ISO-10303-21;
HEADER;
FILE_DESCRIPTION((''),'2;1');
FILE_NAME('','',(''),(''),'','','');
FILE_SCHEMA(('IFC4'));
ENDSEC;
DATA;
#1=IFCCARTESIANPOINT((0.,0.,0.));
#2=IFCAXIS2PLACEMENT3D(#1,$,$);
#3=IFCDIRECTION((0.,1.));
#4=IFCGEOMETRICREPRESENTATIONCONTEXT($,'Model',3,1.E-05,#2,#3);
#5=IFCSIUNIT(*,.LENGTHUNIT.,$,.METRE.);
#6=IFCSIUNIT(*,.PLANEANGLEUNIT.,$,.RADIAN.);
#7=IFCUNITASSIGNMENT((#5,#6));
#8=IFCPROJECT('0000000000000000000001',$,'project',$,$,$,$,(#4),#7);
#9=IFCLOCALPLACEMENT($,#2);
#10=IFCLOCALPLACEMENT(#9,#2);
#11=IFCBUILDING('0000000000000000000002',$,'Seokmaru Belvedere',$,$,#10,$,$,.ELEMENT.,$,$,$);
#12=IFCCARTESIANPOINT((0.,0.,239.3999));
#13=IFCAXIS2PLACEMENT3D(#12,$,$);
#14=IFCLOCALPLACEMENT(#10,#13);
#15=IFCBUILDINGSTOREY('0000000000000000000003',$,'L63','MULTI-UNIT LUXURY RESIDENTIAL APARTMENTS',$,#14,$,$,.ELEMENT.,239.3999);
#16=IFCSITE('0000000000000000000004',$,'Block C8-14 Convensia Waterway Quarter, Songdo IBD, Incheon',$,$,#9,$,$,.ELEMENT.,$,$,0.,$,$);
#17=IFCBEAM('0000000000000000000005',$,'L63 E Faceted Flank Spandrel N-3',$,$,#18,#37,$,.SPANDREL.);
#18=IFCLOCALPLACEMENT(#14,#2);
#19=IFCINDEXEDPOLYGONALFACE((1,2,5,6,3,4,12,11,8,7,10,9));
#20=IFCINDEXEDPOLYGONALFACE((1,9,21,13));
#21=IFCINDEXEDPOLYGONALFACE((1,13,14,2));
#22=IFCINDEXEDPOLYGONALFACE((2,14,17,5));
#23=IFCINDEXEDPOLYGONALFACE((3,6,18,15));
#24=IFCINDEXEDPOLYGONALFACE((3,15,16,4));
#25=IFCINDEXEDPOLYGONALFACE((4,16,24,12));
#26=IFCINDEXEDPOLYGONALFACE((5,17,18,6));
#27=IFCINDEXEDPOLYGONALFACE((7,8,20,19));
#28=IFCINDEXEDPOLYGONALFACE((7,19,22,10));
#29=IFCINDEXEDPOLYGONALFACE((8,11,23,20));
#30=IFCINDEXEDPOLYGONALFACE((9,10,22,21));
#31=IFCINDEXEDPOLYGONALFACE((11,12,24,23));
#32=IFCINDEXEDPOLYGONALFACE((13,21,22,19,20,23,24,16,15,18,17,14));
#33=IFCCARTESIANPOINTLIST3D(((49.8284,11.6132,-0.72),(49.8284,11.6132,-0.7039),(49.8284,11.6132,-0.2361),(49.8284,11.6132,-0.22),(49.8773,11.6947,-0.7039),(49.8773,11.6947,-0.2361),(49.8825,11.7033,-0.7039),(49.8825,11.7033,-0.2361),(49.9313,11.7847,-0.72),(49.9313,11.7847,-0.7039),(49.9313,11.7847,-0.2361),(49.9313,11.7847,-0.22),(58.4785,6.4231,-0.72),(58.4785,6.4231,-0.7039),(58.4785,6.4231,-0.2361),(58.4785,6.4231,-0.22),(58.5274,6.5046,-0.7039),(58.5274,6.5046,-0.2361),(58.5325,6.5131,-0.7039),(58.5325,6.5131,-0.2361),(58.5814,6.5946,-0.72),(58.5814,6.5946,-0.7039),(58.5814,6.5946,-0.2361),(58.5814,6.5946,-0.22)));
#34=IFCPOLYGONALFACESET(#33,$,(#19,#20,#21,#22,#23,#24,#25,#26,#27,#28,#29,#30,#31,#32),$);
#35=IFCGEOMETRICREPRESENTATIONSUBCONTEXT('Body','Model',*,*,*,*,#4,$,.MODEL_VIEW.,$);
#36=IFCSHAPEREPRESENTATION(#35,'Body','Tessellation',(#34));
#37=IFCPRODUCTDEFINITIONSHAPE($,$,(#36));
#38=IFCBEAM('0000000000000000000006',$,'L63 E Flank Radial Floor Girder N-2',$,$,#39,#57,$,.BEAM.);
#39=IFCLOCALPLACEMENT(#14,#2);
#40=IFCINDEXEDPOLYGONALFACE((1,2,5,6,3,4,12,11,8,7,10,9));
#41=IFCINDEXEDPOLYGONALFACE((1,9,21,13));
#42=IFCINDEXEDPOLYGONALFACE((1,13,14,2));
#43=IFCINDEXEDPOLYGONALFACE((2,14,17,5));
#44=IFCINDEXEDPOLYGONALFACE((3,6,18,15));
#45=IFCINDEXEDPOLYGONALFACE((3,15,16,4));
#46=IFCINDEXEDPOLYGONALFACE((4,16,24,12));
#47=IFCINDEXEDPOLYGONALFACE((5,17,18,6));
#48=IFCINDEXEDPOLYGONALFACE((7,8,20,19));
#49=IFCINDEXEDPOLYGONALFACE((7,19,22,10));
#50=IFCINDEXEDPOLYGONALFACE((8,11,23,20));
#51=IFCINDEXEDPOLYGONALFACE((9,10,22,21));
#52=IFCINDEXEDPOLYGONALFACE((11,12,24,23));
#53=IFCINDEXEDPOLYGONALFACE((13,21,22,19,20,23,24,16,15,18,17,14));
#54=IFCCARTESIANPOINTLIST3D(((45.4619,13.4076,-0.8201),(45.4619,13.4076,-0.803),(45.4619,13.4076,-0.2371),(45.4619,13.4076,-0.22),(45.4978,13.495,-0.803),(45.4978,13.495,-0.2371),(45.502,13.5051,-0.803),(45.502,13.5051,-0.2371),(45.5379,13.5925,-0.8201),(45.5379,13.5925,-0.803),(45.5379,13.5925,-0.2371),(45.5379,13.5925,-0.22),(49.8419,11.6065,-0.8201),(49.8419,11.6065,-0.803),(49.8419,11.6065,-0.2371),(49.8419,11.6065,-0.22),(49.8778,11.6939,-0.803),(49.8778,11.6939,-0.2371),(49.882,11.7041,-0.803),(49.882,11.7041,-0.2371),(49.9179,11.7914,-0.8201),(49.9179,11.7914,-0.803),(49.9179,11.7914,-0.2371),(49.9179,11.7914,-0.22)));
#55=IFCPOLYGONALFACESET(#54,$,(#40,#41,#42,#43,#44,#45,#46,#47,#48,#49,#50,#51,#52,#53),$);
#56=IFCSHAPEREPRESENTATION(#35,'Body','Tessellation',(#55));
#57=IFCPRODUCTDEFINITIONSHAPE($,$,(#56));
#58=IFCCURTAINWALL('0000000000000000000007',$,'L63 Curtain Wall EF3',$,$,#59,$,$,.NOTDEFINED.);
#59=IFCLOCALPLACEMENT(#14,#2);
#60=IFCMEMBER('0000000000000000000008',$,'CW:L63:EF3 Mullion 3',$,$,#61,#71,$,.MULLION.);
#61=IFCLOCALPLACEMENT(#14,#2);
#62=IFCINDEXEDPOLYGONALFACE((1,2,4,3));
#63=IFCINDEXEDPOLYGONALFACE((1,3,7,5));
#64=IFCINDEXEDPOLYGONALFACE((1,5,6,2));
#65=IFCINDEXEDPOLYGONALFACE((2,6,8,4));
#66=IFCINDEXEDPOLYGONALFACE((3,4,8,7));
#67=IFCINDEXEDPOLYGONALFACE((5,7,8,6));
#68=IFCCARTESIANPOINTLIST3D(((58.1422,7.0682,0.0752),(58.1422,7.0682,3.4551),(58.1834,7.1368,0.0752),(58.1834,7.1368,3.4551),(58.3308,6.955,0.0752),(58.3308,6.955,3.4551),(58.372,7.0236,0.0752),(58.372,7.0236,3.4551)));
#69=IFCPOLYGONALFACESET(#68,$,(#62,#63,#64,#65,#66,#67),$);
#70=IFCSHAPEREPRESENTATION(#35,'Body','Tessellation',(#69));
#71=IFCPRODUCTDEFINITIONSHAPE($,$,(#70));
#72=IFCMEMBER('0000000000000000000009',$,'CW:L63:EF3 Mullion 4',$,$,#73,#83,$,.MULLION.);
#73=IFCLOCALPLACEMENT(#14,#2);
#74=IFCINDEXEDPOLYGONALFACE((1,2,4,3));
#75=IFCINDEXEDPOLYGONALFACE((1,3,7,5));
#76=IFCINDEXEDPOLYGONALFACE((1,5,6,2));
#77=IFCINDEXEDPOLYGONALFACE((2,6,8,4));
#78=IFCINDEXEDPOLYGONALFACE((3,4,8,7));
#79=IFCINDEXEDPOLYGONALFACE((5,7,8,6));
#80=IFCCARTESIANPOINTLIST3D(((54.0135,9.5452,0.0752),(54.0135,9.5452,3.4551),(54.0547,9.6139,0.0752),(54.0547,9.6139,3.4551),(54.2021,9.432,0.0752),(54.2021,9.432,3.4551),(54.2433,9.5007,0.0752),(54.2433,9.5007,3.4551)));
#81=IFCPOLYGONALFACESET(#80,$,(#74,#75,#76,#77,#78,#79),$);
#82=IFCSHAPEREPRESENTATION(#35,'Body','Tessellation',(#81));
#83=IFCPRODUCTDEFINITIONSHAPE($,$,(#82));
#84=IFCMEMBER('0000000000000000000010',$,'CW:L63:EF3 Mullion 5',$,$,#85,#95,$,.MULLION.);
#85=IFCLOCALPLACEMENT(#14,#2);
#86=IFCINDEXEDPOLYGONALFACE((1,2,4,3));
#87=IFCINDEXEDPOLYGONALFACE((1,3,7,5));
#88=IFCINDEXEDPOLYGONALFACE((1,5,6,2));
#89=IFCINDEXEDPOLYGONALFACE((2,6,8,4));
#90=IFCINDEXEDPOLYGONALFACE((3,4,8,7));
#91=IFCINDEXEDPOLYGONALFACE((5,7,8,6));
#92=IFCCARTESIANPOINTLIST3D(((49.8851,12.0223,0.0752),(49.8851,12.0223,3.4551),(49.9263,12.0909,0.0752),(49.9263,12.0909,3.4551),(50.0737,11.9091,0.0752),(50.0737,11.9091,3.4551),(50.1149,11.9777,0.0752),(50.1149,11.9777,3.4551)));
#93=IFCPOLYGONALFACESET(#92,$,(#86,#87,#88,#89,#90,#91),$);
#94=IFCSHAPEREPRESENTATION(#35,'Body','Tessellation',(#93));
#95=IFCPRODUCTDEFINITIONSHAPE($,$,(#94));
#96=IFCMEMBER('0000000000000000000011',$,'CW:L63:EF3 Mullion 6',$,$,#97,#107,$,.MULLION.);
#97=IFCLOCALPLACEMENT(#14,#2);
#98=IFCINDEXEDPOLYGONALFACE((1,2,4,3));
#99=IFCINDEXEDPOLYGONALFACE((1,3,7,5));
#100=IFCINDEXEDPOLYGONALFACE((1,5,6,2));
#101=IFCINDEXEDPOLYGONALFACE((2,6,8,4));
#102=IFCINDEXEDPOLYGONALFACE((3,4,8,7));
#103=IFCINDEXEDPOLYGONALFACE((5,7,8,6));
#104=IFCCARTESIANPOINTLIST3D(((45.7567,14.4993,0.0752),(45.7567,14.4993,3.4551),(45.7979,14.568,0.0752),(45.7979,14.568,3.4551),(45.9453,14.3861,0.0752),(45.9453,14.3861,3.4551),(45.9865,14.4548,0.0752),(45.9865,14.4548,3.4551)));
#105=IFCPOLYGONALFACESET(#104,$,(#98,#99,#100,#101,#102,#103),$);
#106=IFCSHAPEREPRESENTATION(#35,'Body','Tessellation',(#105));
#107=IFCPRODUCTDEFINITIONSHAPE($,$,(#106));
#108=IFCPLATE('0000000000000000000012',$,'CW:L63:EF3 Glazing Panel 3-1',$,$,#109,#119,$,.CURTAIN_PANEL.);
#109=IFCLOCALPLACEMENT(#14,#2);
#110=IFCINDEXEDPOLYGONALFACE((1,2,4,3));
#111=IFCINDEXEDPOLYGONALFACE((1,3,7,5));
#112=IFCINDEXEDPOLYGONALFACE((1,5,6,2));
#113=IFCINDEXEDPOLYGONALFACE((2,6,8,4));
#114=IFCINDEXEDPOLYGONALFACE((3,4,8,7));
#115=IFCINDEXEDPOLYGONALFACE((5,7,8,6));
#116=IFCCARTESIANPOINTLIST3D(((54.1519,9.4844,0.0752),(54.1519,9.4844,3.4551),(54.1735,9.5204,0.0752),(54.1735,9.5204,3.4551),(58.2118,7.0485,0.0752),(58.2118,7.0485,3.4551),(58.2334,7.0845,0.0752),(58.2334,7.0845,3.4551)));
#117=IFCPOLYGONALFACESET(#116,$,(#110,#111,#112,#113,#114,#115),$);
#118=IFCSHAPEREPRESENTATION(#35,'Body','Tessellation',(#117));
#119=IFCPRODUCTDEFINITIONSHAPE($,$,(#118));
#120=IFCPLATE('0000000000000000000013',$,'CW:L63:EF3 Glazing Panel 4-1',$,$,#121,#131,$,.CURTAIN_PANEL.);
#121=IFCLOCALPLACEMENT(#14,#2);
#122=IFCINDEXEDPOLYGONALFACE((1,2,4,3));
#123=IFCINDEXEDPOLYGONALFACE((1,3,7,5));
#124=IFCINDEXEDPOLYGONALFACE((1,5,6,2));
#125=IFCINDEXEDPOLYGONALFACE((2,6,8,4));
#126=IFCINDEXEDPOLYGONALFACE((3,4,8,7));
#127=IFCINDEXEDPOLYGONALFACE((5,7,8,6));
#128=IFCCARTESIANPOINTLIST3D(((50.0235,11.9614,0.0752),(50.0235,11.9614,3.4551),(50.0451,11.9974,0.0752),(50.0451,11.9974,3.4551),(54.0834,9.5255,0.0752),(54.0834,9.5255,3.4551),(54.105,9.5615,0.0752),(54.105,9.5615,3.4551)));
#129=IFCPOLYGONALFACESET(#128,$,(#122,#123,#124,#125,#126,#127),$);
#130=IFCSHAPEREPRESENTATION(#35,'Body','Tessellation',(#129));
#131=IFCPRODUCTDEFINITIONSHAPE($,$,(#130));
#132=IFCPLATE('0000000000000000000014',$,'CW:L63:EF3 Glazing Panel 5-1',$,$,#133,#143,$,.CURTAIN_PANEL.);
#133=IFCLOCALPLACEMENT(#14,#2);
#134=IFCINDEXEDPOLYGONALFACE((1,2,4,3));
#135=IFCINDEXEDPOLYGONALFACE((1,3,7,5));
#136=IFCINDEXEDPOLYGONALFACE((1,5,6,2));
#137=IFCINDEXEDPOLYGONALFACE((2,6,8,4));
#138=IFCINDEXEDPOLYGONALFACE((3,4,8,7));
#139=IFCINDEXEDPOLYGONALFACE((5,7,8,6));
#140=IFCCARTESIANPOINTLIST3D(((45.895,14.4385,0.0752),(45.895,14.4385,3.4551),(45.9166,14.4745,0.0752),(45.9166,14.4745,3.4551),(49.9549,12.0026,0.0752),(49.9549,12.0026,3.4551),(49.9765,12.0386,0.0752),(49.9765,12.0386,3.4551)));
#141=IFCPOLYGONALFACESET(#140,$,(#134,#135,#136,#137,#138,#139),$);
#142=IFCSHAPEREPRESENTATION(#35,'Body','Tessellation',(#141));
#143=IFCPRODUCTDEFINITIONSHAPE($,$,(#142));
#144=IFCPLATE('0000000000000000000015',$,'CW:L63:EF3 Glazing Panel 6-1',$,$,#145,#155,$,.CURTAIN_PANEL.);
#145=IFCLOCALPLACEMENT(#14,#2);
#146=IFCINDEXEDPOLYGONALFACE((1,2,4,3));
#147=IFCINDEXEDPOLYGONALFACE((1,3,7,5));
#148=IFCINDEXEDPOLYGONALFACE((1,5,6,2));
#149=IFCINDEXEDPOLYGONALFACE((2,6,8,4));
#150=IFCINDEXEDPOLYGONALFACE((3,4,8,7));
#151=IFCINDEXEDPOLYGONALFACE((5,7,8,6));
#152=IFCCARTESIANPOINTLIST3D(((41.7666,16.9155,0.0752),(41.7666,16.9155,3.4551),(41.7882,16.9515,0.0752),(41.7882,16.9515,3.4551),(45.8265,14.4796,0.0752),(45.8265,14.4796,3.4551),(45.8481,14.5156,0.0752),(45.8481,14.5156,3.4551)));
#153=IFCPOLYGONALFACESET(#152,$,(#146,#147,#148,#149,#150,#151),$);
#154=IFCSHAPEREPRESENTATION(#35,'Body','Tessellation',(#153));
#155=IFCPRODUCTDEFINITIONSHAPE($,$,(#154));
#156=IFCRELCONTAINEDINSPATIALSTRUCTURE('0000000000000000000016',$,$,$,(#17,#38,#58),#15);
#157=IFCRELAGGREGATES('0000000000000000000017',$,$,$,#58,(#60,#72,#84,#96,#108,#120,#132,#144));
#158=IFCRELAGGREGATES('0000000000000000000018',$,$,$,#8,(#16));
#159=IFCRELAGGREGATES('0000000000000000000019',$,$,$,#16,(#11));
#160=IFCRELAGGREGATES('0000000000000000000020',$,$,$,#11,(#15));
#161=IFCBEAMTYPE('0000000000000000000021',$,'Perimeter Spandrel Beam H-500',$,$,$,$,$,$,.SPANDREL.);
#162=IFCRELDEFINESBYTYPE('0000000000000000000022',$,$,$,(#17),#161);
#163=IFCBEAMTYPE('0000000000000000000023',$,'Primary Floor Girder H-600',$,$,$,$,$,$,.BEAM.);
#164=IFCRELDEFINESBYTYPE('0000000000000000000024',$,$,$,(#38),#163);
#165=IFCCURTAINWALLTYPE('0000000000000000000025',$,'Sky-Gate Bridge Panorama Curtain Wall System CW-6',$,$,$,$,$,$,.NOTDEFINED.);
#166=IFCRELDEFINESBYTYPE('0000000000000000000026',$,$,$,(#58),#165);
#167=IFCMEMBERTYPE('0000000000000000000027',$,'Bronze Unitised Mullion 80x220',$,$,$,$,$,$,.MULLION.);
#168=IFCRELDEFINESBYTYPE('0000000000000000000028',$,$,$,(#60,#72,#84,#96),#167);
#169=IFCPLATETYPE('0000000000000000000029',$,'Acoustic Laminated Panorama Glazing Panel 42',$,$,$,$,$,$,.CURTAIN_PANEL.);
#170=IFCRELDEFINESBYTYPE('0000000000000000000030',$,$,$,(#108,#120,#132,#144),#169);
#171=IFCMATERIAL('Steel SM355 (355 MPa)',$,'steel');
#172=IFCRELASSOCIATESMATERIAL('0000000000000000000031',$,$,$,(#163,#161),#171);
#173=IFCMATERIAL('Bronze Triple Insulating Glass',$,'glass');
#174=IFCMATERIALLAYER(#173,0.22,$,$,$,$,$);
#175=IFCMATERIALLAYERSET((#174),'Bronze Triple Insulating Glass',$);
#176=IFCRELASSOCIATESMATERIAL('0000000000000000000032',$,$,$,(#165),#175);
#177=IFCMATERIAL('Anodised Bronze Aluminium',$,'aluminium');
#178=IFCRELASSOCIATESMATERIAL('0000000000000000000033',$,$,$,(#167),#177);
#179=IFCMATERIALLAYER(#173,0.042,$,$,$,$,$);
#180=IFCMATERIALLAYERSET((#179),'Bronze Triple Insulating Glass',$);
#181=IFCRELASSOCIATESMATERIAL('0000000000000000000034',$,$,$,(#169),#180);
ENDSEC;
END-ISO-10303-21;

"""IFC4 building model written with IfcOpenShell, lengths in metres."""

from ifc_helpers import new_model, si_unit, direction, frame, origin, origin_2d, place, context, subcontext, project, spatial, rectangle, i_section, extrude, source, transform, mapped, material, layer, layer_set, material_profile, profile_set, type_object, type_shapes, element, aggregate, save


model = new_model("IFC4")

# Units and contexts
model_context = context("Model", 3, precision=1e-05, world=origin(), true_north=direction((0.0, 1.0)))
body_context = subcontext(model_context, "Body", "Model", "MODEL_VIEW")
ifc_project = project(units=[si_unit("LENGTHUNIT", "METRE"), si_unit("PLANEANGLEUNIT", "RADIAN")], contexts=[model_context])

# Site, building, storey
site_placement = place(None, origin())
site = spatial("IfcSite", under=ifc_project, at=site_placement, Name="Block C8-14 Convensia Waterway Quarter, Songdo IBD, Incheon", CompositionType="ELEMENT", RefElevation=0.0)
building_placement = place(site_placement, origin())
building = spatial("IfcBuilding", under=site, at=building_placement, Name="Seokmaru Belvedere", CompositionType="ELEMENT")
storey_placement = place(building_placement, frame((0.0, 0.0, 239.3999)))
storey = spatial("IfcBuildingStorey", under=building, at=storey_placement, Name="L63", Description="MULTI-UNIT LUXURY RESIDENTIAL APARTMENTS", CompositionType="ELEMENT", Elevation=239.3999)

# Shared definitions
ifc_material_1 = material(Name="Steel SM355 (355 MPa)", Category="steel")

# Beams
ifc_material_profile_1 = material_profile(ifc_material_1, i_section(OverallWidth=0.2, OverallDepth=0.6001, WebThickness=0.011, FlangeThickness=0.0171, at=origin_2d()), Name="H-600x200x11x17")
ifc_profile_set_1 = profile_set([ifc_material_profile_1], Name="Steel SM355 (355 MPa)")
beam_type_1 = type_object("IfcBeamType", Name="Primary Floor Girder H-600", PredefinedType="BEAM", material=ifc_profile_set_1)
ifc_material_profile_2 = material_profile(ifc_material_1, i_section(OverallWidth=0.2, OverallDepth=0.5, WebThickness=0.01, FlangeThickness=0.0161, at=origin_2d()), Name="H-500x200x10x16")
ifc_profile_set_2 = profile_set([ifc_material_profile_2], Name="Steel SM355 (355 MPa)")
beam_type_2 = type_object("IfcBeamType", Name="Perimeter Spandrel Beam H-500", PredefinedType="SPANDREL", material=ifc_profile_set_2)
shared_shape_1 = source(origin(), body_context, "Body", "SweptSolid", [
    extrude(i_section(OverallWidth=0.2, OverallDepth=0.5, WebThickness=0.01, FlangeThickness=0.0161, at=origin_2d()), origin(), (0.0, 0.0, 1.0), 10.0876),
])
type_shapes(beam_type_2, [shared_shape_1])
beam_1_placement = place(storey_placement, frame((49.8799, 11.699, -0.47), z_axis=(0.857489, -0.514503, 0.0), x_axis=(0.514503, 0.857489, 0.0)))
element("IfcBeam", 1, at=beam_1_placement, inside=storey, type_object=beam_type_2, Name="L63 E Faceted Flank Spandrel N-3", PredefinedType="SPANDREL", context=body_context, shape_type="MappedRepresentation", body=[
    mapped(shared_shape_1, transform((0.0, 0.0, 0.0), scale=1.0)),
])
shared_shape_2 = source(origin(), body_context, "Body", "SweptSolid", [
    extrude(i_section(OverallWidth=0.2, OverallDepth=0.6001, WebThickness=0.011, FlangeThickness=0.0171, at=origin_2d()), origin(), (0.0, 0.0, 1.0), 4.7358),
])
beam_2_placement = place(storey_placement, frame((49.8799, 11.699, -0.52), z_axis=(-0.924861, 0.380306, 0.0), x_axis=(-0.380306, -0.924861, 0.0)))
element("IfcBeam", 2, at=beam_2_placement, inside=storey, type_object=beam_type_1, Name="L63 E Flank Radial Floor Girder N-2", PredefinedType="BEAM", context=body_context, shape_type="MappedRepresentation", body=[
    mapped(shared_shape_2, transform((0.0, 0.0, 0.0), scale=1.0)),
])

# Curtain wall, members, plates
ifc_material_2 = material(Name="Bronze Triple Insulating Glass", Category="glass")
ifc_layer_1 = layer(ifc_material_2, 0.22)
ifc_layer_set_1 = layer_set([ifc_layer_1], Name="Bronze Triple Insulating Glass")
curtain_wall_type = type_object("IfcCurtainWallType", Name="Sky-Gate Bridge Panorama Curtain Wall System CW-6", PredefinedType="NOTDEFINED", material=ifc_layer_set_1)
curtain_wall_placement = place(storey_placement, origin())
curtain_wall = element("IfcCurtainWall", 3, at=curtain_wall_placement, inside=storey, type_object=curtain_wall_type, Name="L63 Curtain Wall EF3", PredefinedType="NOTDEFINED")
ifc_material_3 = material(Name="Anodised Bronze Aluminium", Category="aluminium")
ifc_material_profile_3 = material_profile(ifc_material_3, rectangle(XDim=0.0801, YDim=0.22, at=origin_2d()), Name="CW-M-80x220")
ifc_profile_set_3 = profile_set([ifc_material_profile_3], Name="Anodised Bronze Aluminium")
member_type = type_object("IfcMemberType", Name="Bronze Unitised Mullion 80x220", PredefinedType="MULLION", material=ifc_profile_set_3)
shared_shape_3 = source(origin(), body_context, "Body", "SweptSolid", [
    extrude(rectangle(XDim=0.0801, YDim=0.22, at=origin_2d()), origin(), (0.0, 0.0, 1.0), 3.3799),
])
type_shapes(member_type, [shared_shape_3])
member_1_placement = place(storey_placement, frame((58.2571, 7.0459, 0.0752), z_axis=(0.0, 0.0, 1.0), x_axis=(-0.514495, -0.857493, 0.0)))
member_1 = element("IfcMember", 4, at=member_1_placement, type_object=member_type, Name="CW:L63:EF3 Mullion 3", PredefinedType="MULLION", context=body_context, shape_type="MappedRepresentation", body=[
    mapped(shared_shape_3, transform((0.0, 0.0, 0.0), scale=1.0)),
])
member_2_placement = place(storey_placement, frame((54.1284, 9.5229, 0.0752), z_axis=(0.0, 0.0, 1.0), x_axis=(-0.514495, -0.857493, 0.0)))
member_2 = element("IfcMember", 5, at=member_2_placement, type_object=member_type, Name="CW:L63:EF3 Mullion 4", PredefinedType="MULLION", context=body_context, shape_type="MappedRepresentation", body=[
    mapped(shared_shape_3, transform((0.0, 0.0, 0.0), scale=1.0)),
])
member_3_placement = place(storey_placement, frame((50.0, 12.0, 0.0752), z_axis=(0.0, 0.0, 1.0), x_axis=(-0.514495, -0.857493, 0.0)))
member_3 = element("IfcMember", 6, at=member_3_placement, type_object=member_type, Name="CW:L63:EF3 Mullion 5", PredefinedType="MULLION", context=body_context, shape_type="MappedRepresentation", body=[
    mapped(shared_shape_3, transform((0.0, 0.0, 0.0), scale=1.0)),
])
member_4_placement = place(storey_placement, frame((45.8716, 14.4771, 0.0752), z_axis=(0.0, 0.0, 1.0), x_axis=(-0.514495, -0.857493, 0.0)))
member_4 = element("IfcMember", 7, at=member_4_placement, type_object=member_type, Name="CW:L63:EF3 Mullion 6", PredefinedType="MULLION", context=body_context, shape_type="MappedRepresentation", body=[
    mapped(shared_shape_3, transform((0.0, 0.0, 0.0), scale=1.0)),
])
ifc_layer_2 = layer(ifc_material_2, 0.042)
ifc_layer_set_2 = layer_set([ifc_layer_2], Name="Bronze Triple Insulating Glass")
plate_type = type_object("IfcPlateType", Name="Acoustic Laminated Panorama Glazing Panel 42", PredefinedType="CURTAIN_PANEL", material=ifc_layer_set_2)
shared_shape_4 = source(origin(), body_context, "Body", "SweptSolid", [
    extrude(rectangle(XDim=4.7346, YDim=0.042, at=origin_2d()), origin(), (0.0, 0.0, 1.0), 3.3799),
])
type_shapes(plate_type, [shared_shape_4])
plate_1_placement = place(storey_placement, frame((56.1926, 8.2844, 0.0752), z_axis=(0.0, 0.0, 1.0), x_axis=(-0.857493, 0.514495, 0.0)))
plate_1 = element("IfcPlate", 8, at=plate_1_placement, type_object=plate_type, Name="CW:L63:EF3 Glazing Panel 3-1", PredefinedType="CURTAIN_PANEL", context=body_context, shape_type="MappedRepresentation", body=[
    mapped(shared_shape_4, transform((0.0, 0.0, 0.0), scale=1.0)),
])
plate_2_placement = place(storey_placement, frame((52.0642, 10.7615, 0.0752), z_axis=(0.0, 0.0, 1.0), x_axis=(-0.857493, 0.514495, 0.0)))
plate_2 = element("IfcPlate", 9, at=plate_2_placement, type_object=plate_type, Name="CW:L63:EF3 Glazing Panel 4-1", PredefinedType="CURTAIN_PANEL", context=body_context, shape_type="MappedRepresentation", body=[
    mapped(shared_shape_4, transform((0.0, 0.0, 0.0), scale=1.0)),
])
plate_3_placement = place(storey_placement, frame((47.9358, 13.2385, 0.0752), z_axis=(0.0, 0.0, 1.0), x_axis=(-0.857493, 0.514495, 0.0)))
plate_3 = element("IfcPlate", 10, at=plate_3_placement, type_object=plate_type, Name="CW:L63:EF3 Glazing Panel 5-1", PredefinedType="CURTAIN_PANEL", context=body_context, shape_type="MappedRepresentation", body=[
    mapped(shared_shape_4, transform((0.0, 0.0, 0.0), scale=1.0)),
])
plate_4_placement = place(storey_placement, frame((43.8074, 15.7156, 0.0752), z_axis=(0.0, 0.0, 1.0), x_axis=(-0.857493, 0.514495, 0.0)))
plate_4 = element("IfcPlate", 11, at=plate_4_placement, type_object=plate_type, Name="CW:L63:EF3 Glazing Panel 6-1", PredefinedType="CURTAIN_PANEL", context=body_context, shape_type="MappedRepresentation", body=[
    mapped(shared_shape_4, transform((0.0, 0.0, 0.0), scale=1.0)),
])
aggregate(curtain_wall, [member_1, member_2, member_3, member_4, plate_1, plate_2, plate_3, plate_4])

save(model, "model.ifc")
